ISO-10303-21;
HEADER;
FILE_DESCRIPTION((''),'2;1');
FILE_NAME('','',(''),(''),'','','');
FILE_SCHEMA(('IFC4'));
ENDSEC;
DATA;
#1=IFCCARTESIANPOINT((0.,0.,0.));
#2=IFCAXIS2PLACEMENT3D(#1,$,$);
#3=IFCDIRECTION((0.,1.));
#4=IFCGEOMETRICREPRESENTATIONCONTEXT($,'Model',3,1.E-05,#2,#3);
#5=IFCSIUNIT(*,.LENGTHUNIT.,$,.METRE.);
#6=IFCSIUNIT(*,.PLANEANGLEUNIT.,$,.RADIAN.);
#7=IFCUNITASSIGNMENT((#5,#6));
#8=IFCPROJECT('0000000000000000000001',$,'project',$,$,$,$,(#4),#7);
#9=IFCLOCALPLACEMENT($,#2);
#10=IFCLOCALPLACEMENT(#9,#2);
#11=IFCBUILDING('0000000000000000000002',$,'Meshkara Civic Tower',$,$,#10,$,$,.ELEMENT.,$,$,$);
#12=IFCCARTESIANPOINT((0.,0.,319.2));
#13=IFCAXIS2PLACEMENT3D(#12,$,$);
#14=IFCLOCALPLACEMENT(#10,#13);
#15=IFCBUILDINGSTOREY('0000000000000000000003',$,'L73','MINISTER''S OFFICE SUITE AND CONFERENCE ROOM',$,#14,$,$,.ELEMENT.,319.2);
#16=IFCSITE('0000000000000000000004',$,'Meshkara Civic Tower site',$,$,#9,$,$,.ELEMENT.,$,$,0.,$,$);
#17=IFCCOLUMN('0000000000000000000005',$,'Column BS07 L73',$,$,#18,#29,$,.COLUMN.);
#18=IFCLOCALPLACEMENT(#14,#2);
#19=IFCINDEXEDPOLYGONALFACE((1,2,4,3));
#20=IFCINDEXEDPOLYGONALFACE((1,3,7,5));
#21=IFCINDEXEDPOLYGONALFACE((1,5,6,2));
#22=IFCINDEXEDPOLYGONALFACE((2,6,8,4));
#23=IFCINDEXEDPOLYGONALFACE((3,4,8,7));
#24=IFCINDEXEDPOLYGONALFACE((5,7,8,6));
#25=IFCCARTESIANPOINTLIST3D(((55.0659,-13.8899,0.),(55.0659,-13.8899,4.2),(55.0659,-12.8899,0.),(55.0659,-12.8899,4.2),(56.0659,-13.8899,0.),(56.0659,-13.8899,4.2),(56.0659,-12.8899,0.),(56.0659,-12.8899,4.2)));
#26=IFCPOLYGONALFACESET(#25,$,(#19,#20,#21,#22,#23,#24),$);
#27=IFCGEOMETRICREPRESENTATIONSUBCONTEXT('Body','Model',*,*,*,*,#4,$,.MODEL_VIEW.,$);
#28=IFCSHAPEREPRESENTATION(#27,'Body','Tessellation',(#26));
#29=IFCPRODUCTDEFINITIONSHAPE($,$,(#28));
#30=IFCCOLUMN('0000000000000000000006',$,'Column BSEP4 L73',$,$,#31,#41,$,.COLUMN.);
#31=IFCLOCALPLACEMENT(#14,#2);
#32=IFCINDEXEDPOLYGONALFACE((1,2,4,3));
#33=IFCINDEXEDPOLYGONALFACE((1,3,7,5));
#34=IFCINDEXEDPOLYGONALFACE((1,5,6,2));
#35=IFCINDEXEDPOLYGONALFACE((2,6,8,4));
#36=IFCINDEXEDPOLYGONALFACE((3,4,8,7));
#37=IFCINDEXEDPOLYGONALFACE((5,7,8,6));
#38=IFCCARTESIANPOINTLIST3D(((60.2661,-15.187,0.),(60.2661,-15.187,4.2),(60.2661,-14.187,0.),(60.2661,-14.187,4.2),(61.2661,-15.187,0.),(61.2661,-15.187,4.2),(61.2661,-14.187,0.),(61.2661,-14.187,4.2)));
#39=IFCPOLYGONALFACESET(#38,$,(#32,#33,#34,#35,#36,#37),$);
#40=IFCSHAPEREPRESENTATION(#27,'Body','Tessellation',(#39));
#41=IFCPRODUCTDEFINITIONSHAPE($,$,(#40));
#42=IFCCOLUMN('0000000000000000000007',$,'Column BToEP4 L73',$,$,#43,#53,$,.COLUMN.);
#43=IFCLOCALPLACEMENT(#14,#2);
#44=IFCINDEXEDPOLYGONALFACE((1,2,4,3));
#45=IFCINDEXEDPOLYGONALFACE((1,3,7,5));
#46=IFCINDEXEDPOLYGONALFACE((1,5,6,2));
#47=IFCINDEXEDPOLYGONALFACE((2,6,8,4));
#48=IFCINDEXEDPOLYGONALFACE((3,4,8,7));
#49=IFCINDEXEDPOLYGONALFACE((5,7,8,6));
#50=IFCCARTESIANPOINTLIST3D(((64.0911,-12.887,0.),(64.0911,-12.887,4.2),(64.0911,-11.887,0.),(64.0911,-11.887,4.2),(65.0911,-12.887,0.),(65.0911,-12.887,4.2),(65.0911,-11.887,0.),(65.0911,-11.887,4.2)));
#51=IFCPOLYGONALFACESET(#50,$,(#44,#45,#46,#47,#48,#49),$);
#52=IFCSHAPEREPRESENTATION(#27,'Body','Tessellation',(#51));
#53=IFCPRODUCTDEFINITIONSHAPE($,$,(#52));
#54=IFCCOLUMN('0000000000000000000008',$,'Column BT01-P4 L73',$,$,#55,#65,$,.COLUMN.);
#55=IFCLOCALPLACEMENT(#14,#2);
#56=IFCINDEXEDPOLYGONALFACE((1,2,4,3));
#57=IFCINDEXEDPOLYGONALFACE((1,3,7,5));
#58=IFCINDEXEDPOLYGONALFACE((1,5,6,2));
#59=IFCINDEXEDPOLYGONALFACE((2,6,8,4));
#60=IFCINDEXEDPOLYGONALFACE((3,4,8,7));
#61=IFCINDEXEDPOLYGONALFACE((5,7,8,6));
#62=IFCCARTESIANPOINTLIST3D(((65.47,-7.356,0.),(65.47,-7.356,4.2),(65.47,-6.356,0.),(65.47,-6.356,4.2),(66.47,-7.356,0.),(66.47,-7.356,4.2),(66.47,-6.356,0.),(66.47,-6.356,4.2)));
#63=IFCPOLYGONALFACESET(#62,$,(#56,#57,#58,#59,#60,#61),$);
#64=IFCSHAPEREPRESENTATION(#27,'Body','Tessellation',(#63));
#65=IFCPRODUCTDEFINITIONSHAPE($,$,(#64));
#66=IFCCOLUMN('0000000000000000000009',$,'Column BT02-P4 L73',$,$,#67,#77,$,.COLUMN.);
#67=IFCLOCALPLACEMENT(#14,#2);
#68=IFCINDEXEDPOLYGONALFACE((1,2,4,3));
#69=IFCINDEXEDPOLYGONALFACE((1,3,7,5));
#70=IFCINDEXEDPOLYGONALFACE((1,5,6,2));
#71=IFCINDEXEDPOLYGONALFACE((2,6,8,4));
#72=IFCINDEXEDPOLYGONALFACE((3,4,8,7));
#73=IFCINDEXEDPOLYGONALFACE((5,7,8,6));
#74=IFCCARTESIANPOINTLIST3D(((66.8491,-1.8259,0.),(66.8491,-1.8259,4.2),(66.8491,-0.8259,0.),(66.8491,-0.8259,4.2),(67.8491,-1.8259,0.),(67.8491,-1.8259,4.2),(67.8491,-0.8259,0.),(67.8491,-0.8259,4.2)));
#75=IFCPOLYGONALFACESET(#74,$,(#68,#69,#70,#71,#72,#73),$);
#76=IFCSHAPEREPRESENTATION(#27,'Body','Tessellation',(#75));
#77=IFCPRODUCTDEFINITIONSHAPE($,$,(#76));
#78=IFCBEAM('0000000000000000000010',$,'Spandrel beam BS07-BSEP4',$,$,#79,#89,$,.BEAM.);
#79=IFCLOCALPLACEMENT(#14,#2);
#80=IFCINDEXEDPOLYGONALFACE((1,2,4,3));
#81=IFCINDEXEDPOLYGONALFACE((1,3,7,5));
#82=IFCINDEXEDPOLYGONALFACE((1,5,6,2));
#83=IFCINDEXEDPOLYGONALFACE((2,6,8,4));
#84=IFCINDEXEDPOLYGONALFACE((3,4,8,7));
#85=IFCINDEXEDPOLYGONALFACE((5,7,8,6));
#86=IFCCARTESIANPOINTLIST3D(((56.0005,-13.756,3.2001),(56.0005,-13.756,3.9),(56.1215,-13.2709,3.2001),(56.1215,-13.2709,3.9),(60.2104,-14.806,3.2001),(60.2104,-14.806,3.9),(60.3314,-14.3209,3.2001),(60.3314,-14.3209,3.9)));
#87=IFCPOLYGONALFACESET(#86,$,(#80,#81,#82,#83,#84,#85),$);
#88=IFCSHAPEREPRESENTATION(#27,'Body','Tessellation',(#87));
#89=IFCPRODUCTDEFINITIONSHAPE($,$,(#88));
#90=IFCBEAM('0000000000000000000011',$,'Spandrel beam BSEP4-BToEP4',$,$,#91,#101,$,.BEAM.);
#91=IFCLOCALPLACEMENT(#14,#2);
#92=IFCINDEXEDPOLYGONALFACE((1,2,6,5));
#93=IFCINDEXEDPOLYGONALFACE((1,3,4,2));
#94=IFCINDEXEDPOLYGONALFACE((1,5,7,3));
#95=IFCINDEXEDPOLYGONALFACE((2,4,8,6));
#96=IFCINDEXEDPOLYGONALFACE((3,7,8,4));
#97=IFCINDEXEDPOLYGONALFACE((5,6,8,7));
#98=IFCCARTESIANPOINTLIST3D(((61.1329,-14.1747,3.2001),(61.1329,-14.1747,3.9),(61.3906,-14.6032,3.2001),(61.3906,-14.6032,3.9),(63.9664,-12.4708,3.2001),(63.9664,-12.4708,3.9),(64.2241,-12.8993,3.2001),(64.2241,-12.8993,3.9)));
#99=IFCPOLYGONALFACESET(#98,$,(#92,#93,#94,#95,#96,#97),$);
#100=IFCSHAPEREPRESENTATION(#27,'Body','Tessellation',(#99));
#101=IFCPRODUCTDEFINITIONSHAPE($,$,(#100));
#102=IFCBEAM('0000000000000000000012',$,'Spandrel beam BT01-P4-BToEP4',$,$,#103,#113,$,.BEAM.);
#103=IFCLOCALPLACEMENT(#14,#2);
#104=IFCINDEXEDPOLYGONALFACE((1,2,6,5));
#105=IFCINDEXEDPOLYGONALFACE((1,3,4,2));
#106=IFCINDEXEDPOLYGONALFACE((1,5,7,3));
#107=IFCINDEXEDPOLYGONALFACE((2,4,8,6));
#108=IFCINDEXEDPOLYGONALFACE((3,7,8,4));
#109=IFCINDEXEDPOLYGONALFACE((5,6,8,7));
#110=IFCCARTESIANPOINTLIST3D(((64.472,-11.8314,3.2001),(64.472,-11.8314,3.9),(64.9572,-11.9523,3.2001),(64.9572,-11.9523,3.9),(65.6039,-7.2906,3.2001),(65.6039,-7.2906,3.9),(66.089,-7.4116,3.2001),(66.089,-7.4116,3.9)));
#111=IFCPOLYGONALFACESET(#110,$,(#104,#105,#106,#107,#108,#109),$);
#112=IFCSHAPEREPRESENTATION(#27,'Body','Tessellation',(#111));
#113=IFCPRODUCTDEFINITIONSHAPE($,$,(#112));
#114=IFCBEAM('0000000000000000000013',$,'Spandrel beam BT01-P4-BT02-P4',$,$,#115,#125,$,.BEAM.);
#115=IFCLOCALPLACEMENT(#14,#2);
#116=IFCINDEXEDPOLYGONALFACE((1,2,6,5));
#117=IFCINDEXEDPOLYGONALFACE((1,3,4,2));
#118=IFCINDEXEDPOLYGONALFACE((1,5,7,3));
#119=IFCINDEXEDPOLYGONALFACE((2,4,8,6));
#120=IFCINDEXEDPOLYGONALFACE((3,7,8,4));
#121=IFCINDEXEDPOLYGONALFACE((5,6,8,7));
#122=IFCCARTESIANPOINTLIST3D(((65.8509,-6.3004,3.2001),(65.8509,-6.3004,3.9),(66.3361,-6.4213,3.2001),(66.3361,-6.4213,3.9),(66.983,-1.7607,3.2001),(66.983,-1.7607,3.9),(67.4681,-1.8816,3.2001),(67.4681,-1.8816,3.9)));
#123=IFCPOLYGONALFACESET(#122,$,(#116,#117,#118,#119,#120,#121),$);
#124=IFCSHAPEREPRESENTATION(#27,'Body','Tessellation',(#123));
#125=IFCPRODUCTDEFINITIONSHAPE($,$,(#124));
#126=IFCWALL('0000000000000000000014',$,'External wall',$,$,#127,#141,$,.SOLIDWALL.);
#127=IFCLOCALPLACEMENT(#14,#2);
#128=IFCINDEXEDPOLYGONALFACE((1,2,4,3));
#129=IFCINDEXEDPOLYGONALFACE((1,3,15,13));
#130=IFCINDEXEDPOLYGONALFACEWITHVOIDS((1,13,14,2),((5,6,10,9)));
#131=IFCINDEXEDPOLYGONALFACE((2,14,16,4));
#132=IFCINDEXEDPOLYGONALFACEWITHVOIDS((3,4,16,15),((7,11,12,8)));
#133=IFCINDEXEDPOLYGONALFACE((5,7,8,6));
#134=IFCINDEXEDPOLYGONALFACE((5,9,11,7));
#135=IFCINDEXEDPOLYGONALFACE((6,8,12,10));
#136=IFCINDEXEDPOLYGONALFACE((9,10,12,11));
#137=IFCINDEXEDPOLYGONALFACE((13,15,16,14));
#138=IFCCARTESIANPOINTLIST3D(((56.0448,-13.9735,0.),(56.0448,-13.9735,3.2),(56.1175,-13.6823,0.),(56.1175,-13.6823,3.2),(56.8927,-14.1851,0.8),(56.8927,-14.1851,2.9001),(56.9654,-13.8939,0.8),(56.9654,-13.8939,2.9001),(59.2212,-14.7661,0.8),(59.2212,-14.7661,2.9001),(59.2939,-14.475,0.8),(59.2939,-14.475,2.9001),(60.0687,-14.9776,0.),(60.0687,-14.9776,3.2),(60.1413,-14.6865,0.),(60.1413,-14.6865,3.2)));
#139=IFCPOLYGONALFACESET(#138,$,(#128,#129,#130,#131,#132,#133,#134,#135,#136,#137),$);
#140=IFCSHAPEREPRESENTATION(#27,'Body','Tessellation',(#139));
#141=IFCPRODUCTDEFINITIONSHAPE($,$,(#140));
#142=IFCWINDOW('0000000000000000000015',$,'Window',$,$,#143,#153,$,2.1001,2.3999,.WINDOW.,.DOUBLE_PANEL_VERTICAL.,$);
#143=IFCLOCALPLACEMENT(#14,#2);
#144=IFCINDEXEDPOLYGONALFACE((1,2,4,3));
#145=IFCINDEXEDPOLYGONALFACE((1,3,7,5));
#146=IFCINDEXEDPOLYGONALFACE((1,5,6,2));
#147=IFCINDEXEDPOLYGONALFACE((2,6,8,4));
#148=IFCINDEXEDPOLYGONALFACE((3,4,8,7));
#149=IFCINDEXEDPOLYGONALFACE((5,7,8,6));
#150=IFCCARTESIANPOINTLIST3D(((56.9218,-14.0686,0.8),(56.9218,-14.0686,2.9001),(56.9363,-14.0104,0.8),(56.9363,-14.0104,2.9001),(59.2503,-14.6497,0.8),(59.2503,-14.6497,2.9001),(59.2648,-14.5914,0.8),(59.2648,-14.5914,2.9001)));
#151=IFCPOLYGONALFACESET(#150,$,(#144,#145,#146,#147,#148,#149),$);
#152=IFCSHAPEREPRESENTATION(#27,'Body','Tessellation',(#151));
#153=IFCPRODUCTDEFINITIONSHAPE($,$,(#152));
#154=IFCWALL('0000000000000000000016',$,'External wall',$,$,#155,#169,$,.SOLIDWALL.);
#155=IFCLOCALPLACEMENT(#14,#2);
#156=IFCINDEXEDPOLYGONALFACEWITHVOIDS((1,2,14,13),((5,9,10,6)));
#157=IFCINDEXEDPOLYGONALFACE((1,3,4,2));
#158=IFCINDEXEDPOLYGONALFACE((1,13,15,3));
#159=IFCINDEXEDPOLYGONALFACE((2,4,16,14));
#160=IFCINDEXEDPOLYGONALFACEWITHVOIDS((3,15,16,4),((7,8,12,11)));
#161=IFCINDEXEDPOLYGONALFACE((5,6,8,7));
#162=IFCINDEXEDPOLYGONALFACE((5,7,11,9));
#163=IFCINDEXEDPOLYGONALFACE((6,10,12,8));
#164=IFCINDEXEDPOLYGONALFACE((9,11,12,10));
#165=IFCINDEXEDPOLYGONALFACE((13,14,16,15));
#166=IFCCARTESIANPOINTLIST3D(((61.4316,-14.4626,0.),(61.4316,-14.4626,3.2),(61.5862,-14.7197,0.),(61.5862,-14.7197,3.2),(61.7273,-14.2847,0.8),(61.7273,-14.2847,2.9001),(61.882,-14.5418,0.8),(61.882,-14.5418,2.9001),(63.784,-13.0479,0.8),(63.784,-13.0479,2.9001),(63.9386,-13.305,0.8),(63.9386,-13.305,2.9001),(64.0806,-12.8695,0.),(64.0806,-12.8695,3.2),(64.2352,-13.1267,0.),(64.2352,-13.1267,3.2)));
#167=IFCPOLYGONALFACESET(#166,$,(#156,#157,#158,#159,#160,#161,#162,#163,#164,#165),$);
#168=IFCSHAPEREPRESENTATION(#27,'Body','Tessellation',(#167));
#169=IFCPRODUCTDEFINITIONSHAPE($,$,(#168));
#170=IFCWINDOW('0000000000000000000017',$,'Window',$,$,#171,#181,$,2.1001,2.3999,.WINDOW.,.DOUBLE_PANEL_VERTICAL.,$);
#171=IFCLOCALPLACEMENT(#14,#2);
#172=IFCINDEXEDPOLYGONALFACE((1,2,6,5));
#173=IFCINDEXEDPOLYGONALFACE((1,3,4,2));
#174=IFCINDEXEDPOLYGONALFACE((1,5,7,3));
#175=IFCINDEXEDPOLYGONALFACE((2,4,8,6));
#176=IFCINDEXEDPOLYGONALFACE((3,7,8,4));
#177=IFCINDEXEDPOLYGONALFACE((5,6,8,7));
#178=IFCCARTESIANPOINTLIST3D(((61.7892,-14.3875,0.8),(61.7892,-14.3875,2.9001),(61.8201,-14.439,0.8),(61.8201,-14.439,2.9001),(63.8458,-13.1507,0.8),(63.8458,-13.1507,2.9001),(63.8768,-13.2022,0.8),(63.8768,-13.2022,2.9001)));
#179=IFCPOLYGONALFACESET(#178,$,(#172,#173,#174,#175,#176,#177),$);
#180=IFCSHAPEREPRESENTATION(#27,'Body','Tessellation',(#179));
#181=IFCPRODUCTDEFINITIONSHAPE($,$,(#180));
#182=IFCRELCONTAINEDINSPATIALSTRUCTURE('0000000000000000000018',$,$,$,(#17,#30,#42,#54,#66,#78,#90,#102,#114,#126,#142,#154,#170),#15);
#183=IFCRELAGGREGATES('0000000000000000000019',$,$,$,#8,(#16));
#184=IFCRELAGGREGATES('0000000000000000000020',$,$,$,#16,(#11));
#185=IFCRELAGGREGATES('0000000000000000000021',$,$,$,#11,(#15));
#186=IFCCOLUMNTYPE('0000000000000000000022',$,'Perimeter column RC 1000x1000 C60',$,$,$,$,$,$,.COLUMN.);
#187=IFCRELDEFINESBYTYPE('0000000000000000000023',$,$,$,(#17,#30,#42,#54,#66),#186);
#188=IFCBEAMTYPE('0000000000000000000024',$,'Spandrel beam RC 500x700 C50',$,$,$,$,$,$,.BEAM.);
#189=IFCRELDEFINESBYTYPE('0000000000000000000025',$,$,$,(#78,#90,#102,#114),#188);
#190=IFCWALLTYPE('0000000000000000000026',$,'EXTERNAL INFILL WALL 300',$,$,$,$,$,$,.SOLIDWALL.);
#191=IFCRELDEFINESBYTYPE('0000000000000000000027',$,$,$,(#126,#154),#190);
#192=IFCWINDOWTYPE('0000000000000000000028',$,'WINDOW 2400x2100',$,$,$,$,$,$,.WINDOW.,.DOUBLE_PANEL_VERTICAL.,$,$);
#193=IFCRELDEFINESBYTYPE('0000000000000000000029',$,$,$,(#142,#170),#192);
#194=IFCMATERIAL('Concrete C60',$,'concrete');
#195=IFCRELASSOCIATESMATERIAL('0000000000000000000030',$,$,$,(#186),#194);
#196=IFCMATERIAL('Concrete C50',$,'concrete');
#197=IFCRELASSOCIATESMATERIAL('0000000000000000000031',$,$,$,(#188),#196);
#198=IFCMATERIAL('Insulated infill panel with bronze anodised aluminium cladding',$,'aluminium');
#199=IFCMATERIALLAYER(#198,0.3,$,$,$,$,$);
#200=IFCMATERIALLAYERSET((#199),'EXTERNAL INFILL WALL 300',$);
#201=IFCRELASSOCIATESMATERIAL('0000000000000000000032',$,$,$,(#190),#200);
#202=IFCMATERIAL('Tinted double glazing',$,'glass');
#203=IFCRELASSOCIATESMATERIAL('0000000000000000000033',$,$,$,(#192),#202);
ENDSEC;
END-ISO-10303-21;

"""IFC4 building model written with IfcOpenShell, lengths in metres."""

from ifc_helpers import new_model, si_unit, direction, frame, frame_2d, origin, origin_2d, place, context, subcontext, project, spatial, rectangle, extrude, material, layer, layer_set, material_profile, profile_set, type_object, element, fill, save


model = new_model("IFC4")

# Units and contexts
model_context = context("Model", 3, precision=1e-05, world=origin(), true_north=direction((0.0, 1.0)))
body_context = subcontext(model_context, "Body", "Model", "MODEL_VIEW")
ifc_project = project(units=[si_unit("LENGTHUNIT", "METRE"), si_unit("PLANEANGLEUNIT", "RADIAN")], contexts=[model_context])

# Site, building, storey
site_placement = place(None, origin())
site = spatial("IfcSite", under=ifc_project, at=site_placement, Name="Meshkara Civic Tower site", CompositionType="ELEMENT", RefElevation=0.0)
building_placement = place(site_placement, origin())
building = spatial("IfcBuilding", under=site, at=building_placement, Name="Meshkara Civic Tower", CompositionType="ELEMENT")
storey_placement = place(building_placement, frame((0.0, 0.0, 319.2)))
storey = spatial("IfcBuildingStorey", under=building, at=storey_placement, Name="L73", Description="MINISTER'S OFFICE SUITE AND CONFERENCE ROOM", CompositionType="ELEMENT", Elevation=319.2)

# Columns
ifc_material_1 = material(Name="Concrete C60", Category="concrete")
ifc_material_profile_1 = material_profile(ifc_material_1, rectangle(XDim=1.0, YDim=1.0, at=origin_2d()))
ifc_profile_set_1 = profile_set([ifc_material_profile_1], Name="Concrete C60")
column_type = type_object("IfcColumnType", Name="Perimeter column RC 1000x1000 C60", PredefinedType="COLUMN", material=ifc_profile_set_1)
for number, where, z_axis, x_axis, name in (
    (1, (55.5659, -13.3899, 0.0), (0.0, 0.0, 1.0), (1.0, 0.0, 0.0), "Column BS07 L73"),
    (2, (60.7661, -14.687, 0.0), (0.0, 0.0, 1.0), (1.0, 0.0, 0.0), "Column BSEP4 L73"),
    (3, (64.5911, -12.387, 0.0), (0.0, 0.0, 1.0), (1.0, 0.0, 0.0), "Column BToEP4 L73"),
    (4, (65.97, -6.856, 0.0), (0.0, 0.0, 1.0), (1.0, 0.0, 0.0), "Column BT01-P4 L73"),
    (5, (67.3491, -1.3259, 0.0), (0.0, 0.0, 1.0), (1.0, 0.0, 0.0), "Column BT02-P4 L73"),
):
    element("IfcColumn", number, at=place(storey_placement, frame(where, z_axis=z_axis, x_axis=x_axis)), inside=storey, type_object=column_type, Name=name, PredefinedType="COLUMN", context=body_context, shape_type="SweptSolid", body=[
        extrude(rectangle(XDim=1.0, YDim=1.0, at=origin_2d()), origin(), (0.0, 0.0, 1.0), 4.2),
    ])

# Beams
ifc_material_2 = material(Name="Concrete C50", Category="concrete")
ifc_material_profile_2 = material_profile(ifc_material_2, rectangle(XDim=0.5, YDim=0.7, at=origin_2d()))
ifc_profile_set_2 = profile_set([ifc_material_profile_2], Name="Concrete C50")
beam_type = type_object("IfcBeamType", Name="Spandrel beam RC 500x700 C50", PredefinedType="BEAM", material=ifc_profile_set_2)
beam_1_placement = place(storey_placement, frame((56.061, -13.5134, 3.55), z_axis=(0.970275, -0.242006, 0.0), x_axis=(0.242006, 0.970275, 0.0)))
element("IfcBeam", 6, at=beam_1_placement, inside=storey, type_object=beam_type, Name="Spandrel beam BS07-BSEP4", PredefinedType="BEAM", context=body_context, shape_type="SweptSolid", body=[
    extrude(rectangle(XDim=0.5, YDim=0.7, at=origin_2d()), origin(), (0.0, 0.0, 1.0), 4.3389),
])
beam_2_placement = place(storey_placement, frame((61.2617, -14.3889, 3.55), z_axis=(0.856991, 0.515332, 0.0), x_axis=(-0.515332, 0.856991, 0.0)))
element("IfcBeam", 7, at=beam_2_placement, inside=storey, type_object=beam_type, Name="Spandrel beam BSEP4-BToEP4", PredefinedType="BEAM", context=body_context, shape_type="SweptSolid", body=[
    extrude(rectangle(XDim=0.5, YDim=0.7, at=origin_2d()), origin(), (0.0, 0.0, 1.0), 3.3064),
])
beam_3_placement = place(storey_placement, frame((64.7146, -11.8918, 3.55), z_axis=(0.24186, 0.970311, 0.0), x_axis=(-0.970311, 0.24186, 0.0)))
element("IfcBeam", 8, at=beam_3_placement, inside=storey, type_object=beam_type, Name="Spandrel beam BT01-P4-BToEP4", PredefinedType="BEAM", context=body_context, shape_type="SweptSolid", body=[
    extrude(rectangle(XDim=0.5, YDim=0.7, at=origin_2d()), origin(), (0.0, 0.0, 1.0), 4.6797),
])
beam_4_placement = place(storey_placement, frame((66.0935, -6.3608, 3.55), z_axis=(0.241959, 0.970287, 0.0), x_axis=(-0.970287, 0.241959, 0.0)))
element("IfcBeam", 9, at=beam_4_placement, inside=storey, type_object=beam_type, Name="Spandrel beam BT01-P4-BT02-P4", PredefinedType="BEAM", context=body_context, shape_type="SweptSolid", body=[
    extrude(rectangle(XDim=0.5, YDim=0.7, at=origin_2d()), origin(), (0.0, 0.0, 1.0), 4.6787),
])

# Walls, openings, windows
ifc_material_3 = material(Name="Insulated infill panel with bronze anodised aluminium cladding", Category="aluminium")
ifc_layer_1 = layer(ifc_material_3, 0.3)
ifc_layer_set_1 = layer_set([ifc_layer_1], Name="EXTERNAL INFILL WALL 300")
wall_type_1 = type_object("IfcWallType", Name="EXTERNAL INFILL WALL 300", PredefinedType="SOLIDWALL", material=ifc_layer_set_1)
wall_1_placement = place(storey_placement, frame((56.0811, -13.8279, 0.0), z_axis=(0.0, 0.0, 1.0), x_axis=(0.970246, -0.24212, 0.0)))
wall_1 = element("IfcWall", 10, at=wall_1_placement, inside=storey, type_object=wall_type_1, Name="External wall", PredefinedType="SOLIDWALL", context=body_context, shape_type="SweptSolid", body=[
    extrude(rectangle(XDim=4.1472, YDim=0.3, at=frame_2d((2.0737, 0.0))), origin(), (0.0, 0.0, 1.0), 3.2),
])
opening_1_placement = place(wall_1_placement, frame((0.874, 0.0, 0.8)))
opening_1 = element("IfcOpeningElement", 11, at=opening_1_placement, cuts=wall_1, PredefinedType="OPENING", context=body_context, shape_type="SweptSolid", body=[
    extrude(rectangle(XDim=2.3999, YDim=2.1001, at=frame_2d((1.2, 1.05))), frame((0.0, 0.1599, 0.0), z_axis=(0.0, -1.0, 0.0), x_axis=(1.0, 0.0, 0.0)), (0.0, 0.0, 1.0), 0.3201),
])
ifc_material_4 = material(Name="Tinted double glazing", Category="glass")
window_type = type_object("IfcWindowType", Name="WINDOW 2400x2100", PartitioningType="DOUBLE_PANEL_VERTICAL", PredefinedType="WINDOW", material=ifc_material_4)
window_1_placement = place(opening_1_placement, origin())
window_1 = element("IfcWindow", 12, at=window_1_placement, inside=storey, type_object=window_type, Name="Window", OverallHeight=2.1001, OverallWidth=2.3999, PartitioningType="DOUBLE_PANEL_VERTICAL", PredefinedType="WINDOW", context=body_context, shape_type="SweptSolid", body=[
    extrude(rectangle(XDim=2.3999, YDim=2.1001, at=frame_2d((1.2, 1.05))), frame((0.0, 0.03, 0.0), z_axis=(0.0, -1.0, 0.0), x_axis=(1.0, 0.0, 0.0)), (0.0, 0.0, 1.0), 0.0601),
])
fill(opening_1, window_1)
wall_2_placement = place(storey_placement, frame((61.509, -14.5911, 0.0), z_axis=(0.0, 0.0, 1.0), x_axis=(0.85697, 0.515367, 0.0)))
wall_2 = element("IfcWall", 13, at=wall_2_placement, inside=storey, type_object=wall_type_1, Name="External wall", PredefinedType="SOLIDWALL", context=body_context, shape_type="SweptSolid", body=[
    extrude(rectangle(XDim=3.0911, YDim=0.3, at=frame_2d((1.5454, 0.0))), origin(), (0.0, 0.0, 1.0), 3.2),
])
opening_2_placement = place(wall_2_placement, frame((0.345, 0.0, 0.8)))
opening_2 = element("IfcOpeningElement", 14, at=opening_2_placement, cuts=wall_2, PredefinedType="OPENING", context=body_context, shape_type="SweptSolid", body=[
    extrude(rectangle(XDim=2.3999, YDim=2.1001, at=frame_2d((1.2, 1.05))), frame((0.0, 0.1599, 0.0), z_axis=(0.0, -1.0, 0.0), x_axis=(1.0, 0.0, 0.0)), (0.0, 0.0, 1.0), 0.3201),
])
window_2_placement = place(opening_2_placement, origin())
window_2 = element("IfcWindow", 15, at=window_2_placement, inside=storey, type_object=window_type, Name="Window", OverallHeight=2.1001, OverallWidth=2.3999, PartitioningType="DOUBLE_PANEL_VERTICAL", PredefinedType="WINDOW", context=body_context, shape_type="SweptSolid", body=[
    extrude(rectangle(XDim=2.3999, YDim=2.1001, at=frame_2d((1.2, 1.05))), frame((0.0, 0.03, 0.0), z_axis=(0.0, -1.0, 0.0), x_axis=(1.0, 0.0, 0.0)), (0.0, 0.0, 1.0), 0.0601),
])
fill(opening_2, window_2)

save(model, "model.ifc")
